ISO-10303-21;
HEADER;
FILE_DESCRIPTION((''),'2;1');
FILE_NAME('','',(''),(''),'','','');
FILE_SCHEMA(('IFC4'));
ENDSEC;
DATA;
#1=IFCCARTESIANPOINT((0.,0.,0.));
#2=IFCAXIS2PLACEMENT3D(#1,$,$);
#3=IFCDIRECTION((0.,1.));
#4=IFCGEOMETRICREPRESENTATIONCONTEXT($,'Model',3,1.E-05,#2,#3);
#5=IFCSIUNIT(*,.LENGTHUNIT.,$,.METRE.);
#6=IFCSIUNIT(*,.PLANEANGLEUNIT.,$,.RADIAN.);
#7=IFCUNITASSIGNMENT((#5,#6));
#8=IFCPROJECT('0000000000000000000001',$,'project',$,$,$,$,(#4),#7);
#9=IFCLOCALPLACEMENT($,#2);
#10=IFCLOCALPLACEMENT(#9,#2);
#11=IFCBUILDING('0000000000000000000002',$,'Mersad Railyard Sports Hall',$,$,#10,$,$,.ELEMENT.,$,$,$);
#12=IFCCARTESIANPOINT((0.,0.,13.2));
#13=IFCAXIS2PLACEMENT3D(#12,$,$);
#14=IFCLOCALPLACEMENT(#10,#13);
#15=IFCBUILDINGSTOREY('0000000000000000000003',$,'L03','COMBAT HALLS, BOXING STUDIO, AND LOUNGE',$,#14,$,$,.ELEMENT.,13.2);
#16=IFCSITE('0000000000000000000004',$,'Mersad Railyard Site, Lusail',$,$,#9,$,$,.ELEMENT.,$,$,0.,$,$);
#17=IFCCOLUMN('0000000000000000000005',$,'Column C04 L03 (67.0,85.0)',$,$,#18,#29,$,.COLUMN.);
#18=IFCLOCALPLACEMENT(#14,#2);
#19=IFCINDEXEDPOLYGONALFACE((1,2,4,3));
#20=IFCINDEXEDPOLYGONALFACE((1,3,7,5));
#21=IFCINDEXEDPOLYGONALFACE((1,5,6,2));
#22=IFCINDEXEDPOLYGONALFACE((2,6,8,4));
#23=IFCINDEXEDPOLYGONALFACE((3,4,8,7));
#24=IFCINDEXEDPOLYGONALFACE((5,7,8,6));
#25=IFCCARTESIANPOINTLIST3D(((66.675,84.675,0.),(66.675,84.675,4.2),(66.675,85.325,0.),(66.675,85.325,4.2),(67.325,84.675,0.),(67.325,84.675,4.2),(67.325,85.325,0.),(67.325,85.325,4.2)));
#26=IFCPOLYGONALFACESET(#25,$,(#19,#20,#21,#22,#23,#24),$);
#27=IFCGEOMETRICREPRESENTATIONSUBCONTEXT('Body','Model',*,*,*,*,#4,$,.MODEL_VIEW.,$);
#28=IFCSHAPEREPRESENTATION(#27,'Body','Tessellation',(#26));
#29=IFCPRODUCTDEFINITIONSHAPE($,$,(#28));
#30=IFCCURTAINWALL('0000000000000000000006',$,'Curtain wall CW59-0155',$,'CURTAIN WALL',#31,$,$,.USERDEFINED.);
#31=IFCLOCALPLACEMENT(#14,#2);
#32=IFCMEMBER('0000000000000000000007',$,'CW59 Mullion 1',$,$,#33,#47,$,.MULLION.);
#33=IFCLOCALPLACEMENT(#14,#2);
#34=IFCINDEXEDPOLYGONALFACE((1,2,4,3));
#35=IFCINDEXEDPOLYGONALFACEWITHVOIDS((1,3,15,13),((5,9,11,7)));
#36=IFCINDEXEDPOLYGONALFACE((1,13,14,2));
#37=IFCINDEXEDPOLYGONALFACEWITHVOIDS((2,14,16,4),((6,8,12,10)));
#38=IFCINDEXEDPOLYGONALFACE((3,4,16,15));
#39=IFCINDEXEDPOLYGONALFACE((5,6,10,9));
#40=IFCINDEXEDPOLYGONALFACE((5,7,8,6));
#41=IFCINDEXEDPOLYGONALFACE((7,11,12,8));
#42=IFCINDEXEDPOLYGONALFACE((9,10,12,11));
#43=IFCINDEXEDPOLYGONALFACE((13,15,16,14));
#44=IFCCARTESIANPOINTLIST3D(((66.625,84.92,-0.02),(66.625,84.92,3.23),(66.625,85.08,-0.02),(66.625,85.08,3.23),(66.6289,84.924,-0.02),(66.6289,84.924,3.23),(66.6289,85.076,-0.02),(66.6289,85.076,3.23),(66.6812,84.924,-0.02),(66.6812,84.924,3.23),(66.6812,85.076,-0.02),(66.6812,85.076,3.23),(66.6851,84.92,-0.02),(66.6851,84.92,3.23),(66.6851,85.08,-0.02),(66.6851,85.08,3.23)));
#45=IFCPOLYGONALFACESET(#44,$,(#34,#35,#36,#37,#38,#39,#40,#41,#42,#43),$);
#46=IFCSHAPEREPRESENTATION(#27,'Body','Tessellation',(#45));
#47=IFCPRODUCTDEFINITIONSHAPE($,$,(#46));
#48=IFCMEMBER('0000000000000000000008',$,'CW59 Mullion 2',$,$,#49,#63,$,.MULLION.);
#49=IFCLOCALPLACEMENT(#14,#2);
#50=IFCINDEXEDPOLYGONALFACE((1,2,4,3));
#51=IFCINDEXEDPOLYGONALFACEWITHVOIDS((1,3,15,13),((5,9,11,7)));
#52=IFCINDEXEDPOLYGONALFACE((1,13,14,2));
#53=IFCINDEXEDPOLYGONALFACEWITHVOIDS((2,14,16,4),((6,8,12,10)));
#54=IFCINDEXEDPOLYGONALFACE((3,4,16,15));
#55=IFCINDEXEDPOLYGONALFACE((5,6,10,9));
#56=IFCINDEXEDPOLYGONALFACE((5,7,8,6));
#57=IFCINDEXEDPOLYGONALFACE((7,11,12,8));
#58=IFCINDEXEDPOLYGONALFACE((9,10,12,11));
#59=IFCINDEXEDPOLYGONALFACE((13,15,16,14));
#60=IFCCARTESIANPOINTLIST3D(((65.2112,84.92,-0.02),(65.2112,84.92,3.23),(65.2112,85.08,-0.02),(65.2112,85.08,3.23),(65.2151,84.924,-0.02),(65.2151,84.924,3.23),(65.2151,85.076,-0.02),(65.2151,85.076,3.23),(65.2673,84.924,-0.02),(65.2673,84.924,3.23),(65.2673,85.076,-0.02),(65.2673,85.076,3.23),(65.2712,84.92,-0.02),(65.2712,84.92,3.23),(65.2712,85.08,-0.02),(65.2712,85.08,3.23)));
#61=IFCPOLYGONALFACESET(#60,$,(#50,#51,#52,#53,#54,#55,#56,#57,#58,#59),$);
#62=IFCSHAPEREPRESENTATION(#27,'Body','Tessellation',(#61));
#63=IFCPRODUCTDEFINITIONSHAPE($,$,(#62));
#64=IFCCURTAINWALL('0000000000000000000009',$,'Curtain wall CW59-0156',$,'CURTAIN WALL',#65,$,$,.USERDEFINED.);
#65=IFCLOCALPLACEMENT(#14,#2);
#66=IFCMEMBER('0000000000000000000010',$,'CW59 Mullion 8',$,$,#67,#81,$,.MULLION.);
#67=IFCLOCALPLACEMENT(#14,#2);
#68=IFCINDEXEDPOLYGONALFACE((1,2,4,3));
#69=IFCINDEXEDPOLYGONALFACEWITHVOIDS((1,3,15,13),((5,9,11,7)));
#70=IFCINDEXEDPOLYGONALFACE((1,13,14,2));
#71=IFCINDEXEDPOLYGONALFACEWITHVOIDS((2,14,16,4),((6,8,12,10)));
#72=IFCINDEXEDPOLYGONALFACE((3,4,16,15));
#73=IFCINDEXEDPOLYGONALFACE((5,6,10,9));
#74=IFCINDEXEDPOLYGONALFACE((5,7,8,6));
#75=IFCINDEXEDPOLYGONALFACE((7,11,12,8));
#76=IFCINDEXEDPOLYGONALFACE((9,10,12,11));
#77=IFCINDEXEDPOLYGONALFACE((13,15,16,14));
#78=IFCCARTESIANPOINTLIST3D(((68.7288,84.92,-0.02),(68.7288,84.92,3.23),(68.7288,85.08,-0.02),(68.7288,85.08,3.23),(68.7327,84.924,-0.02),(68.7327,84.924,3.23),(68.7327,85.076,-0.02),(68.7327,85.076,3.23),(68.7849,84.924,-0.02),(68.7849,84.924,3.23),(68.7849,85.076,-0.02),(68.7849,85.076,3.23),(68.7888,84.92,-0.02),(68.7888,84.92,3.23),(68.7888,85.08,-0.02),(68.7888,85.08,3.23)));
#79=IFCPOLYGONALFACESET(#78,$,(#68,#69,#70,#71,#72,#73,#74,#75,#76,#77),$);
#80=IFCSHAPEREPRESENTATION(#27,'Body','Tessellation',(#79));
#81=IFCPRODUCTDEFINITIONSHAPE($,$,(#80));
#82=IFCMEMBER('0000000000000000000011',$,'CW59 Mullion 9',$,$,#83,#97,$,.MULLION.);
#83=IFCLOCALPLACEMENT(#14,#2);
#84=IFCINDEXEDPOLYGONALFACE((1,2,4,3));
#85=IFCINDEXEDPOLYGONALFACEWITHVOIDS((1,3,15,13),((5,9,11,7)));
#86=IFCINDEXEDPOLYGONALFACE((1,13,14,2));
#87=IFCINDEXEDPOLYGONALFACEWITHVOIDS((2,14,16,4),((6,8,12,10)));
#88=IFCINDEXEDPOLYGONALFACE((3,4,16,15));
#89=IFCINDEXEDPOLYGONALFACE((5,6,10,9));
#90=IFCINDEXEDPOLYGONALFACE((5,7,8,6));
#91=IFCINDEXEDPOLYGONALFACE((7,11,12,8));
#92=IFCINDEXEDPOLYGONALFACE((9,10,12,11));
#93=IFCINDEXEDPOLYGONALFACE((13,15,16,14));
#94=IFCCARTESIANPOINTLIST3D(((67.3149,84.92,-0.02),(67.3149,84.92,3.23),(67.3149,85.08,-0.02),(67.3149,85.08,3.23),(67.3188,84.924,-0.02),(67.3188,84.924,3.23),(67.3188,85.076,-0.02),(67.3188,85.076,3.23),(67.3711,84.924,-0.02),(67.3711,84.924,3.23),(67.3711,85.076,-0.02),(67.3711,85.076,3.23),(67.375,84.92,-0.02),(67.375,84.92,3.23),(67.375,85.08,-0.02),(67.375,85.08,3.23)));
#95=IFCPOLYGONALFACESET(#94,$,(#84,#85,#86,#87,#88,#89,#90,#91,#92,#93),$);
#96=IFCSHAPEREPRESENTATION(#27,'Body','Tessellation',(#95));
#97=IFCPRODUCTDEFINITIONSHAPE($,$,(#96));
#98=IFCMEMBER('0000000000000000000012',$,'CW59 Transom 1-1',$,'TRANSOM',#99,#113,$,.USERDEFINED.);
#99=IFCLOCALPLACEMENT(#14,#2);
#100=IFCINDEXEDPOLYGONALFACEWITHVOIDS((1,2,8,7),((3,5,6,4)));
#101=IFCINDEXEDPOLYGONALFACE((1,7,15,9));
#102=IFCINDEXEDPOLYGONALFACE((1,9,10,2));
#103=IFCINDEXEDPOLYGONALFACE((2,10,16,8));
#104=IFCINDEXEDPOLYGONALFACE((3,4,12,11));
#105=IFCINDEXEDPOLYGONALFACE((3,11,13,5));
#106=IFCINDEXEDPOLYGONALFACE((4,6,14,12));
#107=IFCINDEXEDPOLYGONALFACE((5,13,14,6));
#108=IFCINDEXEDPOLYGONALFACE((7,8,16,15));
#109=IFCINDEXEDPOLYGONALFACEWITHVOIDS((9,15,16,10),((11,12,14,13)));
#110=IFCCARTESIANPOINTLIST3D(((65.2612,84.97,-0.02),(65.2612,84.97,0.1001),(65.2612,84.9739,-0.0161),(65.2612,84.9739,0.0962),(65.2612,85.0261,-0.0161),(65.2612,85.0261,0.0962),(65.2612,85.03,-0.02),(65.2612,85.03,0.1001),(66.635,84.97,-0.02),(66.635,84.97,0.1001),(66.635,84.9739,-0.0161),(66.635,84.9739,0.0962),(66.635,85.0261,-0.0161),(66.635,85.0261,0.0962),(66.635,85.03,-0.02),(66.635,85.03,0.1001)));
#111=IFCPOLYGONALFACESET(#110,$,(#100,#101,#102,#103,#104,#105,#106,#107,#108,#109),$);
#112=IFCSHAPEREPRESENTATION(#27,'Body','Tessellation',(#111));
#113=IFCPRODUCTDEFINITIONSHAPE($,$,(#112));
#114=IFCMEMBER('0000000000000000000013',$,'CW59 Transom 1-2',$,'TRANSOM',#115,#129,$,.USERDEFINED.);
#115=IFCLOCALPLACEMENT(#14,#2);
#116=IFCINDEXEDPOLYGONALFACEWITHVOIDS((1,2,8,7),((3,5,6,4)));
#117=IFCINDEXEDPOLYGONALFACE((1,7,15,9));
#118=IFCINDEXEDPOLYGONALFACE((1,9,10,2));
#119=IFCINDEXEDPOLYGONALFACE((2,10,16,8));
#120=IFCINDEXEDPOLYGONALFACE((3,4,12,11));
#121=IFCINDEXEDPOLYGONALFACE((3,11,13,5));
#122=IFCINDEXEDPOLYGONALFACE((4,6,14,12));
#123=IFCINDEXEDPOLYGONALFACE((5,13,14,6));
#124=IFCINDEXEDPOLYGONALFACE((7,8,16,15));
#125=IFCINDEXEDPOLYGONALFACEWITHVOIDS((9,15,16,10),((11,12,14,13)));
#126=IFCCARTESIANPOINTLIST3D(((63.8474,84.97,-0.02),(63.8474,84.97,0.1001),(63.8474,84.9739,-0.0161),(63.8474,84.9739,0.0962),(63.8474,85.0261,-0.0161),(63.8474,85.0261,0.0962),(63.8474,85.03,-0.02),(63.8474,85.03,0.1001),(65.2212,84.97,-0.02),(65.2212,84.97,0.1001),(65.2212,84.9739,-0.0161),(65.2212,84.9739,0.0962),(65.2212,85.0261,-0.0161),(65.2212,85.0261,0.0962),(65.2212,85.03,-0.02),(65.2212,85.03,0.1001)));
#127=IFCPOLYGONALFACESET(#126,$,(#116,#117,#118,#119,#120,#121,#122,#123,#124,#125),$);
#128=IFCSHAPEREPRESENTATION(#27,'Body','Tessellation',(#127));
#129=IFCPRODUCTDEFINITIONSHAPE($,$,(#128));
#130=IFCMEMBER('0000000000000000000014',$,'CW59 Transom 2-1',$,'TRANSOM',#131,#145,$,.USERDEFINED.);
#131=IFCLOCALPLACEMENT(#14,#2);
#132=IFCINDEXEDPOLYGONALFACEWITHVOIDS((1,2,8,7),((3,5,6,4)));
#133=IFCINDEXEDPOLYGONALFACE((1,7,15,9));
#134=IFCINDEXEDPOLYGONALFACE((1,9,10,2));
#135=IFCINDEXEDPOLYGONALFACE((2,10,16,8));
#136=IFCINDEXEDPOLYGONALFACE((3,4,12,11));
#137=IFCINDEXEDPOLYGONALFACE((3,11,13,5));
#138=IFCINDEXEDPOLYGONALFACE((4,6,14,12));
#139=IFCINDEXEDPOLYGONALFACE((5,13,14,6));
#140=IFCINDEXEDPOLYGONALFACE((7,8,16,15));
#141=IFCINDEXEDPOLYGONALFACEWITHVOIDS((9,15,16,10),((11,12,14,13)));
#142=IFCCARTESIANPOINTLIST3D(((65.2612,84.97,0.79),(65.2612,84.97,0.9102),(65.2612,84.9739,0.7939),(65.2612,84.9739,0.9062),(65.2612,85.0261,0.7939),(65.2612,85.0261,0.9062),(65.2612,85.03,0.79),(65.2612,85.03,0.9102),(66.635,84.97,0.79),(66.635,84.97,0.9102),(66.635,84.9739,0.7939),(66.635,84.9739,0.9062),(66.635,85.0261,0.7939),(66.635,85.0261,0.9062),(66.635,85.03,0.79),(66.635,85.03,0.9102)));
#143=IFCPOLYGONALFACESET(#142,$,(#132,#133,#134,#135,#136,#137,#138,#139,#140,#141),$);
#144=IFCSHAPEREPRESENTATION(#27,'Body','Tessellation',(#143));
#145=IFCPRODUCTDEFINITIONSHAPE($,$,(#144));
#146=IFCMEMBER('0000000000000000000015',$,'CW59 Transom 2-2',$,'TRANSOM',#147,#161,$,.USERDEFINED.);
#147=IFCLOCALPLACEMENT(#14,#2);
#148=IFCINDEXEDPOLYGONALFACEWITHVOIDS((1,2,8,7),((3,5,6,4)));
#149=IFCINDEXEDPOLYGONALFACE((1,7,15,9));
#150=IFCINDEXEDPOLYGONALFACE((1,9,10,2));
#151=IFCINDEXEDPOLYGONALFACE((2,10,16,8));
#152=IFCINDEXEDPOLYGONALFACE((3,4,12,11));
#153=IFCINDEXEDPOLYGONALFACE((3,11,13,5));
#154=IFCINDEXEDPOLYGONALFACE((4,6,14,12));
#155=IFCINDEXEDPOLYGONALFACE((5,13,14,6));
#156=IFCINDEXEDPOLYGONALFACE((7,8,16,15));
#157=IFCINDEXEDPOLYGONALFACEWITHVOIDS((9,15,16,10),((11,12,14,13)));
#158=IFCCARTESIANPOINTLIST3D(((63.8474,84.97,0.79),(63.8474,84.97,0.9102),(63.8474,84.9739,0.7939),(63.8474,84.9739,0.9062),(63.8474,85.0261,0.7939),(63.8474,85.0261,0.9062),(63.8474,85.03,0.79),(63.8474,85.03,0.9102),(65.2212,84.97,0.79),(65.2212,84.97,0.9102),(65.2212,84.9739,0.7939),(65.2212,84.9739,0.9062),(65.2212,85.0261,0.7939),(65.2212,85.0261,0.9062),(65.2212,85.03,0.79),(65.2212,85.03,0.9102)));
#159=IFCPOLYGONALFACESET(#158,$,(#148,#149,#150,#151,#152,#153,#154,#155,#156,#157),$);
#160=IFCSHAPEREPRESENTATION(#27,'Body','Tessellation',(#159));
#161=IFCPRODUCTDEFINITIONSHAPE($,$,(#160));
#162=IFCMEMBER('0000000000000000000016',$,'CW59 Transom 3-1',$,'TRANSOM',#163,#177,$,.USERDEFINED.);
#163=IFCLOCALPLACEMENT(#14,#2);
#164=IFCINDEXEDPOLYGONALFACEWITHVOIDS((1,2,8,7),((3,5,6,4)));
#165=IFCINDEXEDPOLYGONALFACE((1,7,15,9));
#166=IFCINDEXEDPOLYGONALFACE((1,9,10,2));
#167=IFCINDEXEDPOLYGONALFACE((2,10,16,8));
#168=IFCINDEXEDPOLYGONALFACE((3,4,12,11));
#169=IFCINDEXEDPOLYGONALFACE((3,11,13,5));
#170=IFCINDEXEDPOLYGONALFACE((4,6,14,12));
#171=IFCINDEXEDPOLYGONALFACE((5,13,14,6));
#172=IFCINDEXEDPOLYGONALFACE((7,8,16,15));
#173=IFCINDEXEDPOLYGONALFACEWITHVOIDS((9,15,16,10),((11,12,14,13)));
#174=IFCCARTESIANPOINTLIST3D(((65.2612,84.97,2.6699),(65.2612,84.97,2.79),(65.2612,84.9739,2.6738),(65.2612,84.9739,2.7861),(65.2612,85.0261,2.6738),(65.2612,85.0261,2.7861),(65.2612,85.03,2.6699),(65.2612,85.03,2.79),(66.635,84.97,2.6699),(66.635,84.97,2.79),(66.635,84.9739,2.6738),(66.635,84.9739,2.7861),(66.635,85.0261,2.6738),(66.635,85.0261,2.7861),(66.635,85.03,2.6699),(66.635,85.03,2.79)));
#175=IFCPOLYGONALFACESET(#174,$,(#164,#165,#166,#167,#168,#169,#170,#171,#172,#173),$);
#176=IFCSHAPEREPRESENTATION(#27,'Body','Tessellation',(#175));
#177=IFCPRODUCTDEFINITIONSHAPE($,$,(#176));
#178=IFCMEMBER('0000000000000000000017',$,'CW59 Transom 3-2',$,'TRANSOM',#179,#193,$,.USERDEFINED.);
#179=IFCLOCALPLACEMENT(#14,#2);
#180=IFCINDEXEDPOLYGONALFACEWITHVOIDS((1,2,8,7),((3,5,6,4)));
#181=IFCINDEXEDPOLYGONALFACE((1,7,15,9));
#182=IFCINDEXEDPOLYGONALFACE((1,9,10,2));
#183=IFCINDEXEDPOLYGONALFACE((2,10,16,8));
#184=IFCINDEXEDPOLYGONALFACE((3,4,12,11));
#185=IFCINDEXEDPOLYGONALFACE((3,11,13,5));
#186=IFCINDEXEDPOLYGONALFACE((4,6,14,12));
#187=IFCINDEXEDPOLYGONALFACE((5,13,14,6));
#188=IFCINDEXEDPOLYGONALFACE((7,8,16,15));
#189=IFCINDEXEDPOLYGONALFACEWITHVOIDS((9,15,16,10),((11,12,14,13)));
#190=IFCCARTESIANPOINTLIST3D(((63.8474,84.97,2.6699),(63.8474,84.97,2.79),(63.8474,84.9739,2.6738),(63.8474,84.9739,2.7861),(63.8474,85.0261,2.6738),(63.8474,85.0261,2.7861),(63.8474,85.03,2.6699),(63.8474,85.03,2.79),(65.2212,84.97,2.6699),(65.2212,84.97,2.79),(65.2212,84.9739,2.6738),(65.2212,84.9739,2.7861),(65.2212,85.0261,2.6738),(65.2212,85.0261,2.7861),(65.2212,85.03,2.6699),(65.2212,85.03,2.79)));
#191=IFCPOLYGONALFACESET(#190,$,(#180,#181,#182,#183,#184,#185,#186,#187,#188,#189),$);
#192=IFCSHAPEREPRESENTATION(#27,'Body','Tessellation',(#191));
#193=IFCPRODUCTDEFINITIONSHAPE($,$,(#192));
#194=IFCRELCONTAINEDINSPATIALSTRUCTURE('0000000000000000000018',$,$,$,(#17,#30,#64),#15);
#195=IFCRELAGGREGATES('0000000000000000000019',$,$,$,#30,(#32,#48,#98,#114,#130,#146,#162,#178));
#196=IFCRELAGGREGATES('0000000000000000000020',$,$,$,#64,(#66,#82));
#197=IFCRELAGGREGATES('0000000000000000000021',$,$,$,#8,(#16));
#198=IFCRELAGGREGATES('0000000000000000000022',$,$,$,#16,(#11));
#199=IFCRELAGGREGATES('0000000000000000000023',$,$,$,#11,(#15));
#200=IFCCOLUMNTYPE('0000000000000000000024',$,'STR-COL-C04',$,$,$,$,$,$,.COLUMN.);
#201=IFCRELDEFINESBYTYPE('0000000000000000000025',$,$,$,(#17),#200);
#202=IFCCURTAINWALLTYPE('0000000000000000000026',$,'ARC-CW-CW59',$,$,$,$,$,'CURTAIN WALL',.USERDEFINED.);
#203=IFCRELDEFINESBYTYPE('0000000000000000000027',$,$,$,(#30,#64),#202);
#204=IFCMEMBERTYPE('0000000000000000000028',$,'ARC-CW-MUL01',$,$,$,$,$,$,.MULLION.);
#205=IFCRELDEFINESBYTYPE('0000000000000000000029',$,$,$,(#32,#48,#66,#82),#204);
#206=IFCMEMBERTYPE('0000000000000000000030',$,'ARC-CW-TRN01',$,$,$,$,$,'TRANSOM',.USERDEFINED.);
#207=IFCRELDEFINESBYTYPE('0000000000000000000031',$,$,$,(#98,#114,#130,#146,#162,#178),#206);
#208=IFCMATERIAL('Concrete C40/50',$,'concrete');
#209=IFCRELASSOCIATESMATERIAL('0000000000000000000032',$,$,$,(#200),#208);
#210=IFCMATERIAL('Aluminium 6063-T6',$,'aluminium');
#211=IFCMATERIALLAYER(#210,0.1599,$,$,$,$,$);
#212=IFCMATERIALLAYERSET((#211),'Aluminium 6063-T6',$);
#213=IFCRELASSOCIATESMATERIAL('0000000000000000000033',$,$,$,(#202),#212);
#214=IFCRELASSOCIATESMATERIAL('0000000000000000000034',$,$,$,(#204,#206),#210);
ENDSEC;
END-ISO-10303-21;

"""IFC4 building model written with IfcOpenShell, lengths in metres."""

from ifc_helpers import new_model, si_unit, direction, frame, origin, origin_2d, place, context, subcontext, project, spatial, rectangle, hollow_rectangle, extrude, material, layer, layer_set, material_profile, profile_set, type_object, element, aggregate, save


model = new_model("IFC4")

# Units and contexts
model_context = context("Model", 3, precision=1e-05, world=origin(), true_north=direction((0.0, 1.0)))
body_context = subcontext(model_context, "Body", "Model", "MODEL_VIEW")
ifc_project = project(units=[si_unit("LENGTHUNIT", "METRE"), si_unit("PLANEANGLEUNIT", "RADIAN")], contexts=[model_context])

# Site, building, storey
site_placement = place(None, origin())
site = spatial("IfcSite", under=ifc_project, at=site_placement, Name="Mersad Railyard Site, Lusail", CompositionType="ELEMENT", RefElevation=0.0)
building_placement = place(site_placement, origin())
building = spatial("IfcBuilding", under=site, at=building_placement, Name="Mersad Railyard Sports Hall", CompositionType="ELEMENT")
storey_placement = place(building_placement, frame((0.0, 0.0, 13.2)))
storey = spatial("IfcBuildingStorey", under=building, at=storey_placement, Name="L03", Description="COMBAT HALLS, BOXING STUDIO, AND LOUNGE", CompositionType="ELEMENT", Elevation=13.2)

# Column
ifc_material_1 = material(Name="Concrete C40/50", Category="concrete")
ifc_material_profile_1 = material_profile(ifc_material_1, rectangle(XDim=0.6499, YDim=0.6499, at=origin_2d()), Name="RC 650x650")
ifc_profile_set_1 = profile_set([ifc_material_profile_1], Name="Concrete C40/50")
column_type = type_object("IfcColumnType", Name="STR-COL-C04", PredefinedType="COLUMN", material=ifc_profile_set_1)
column_placement = place(storey_placement, frame((67.0, 85.0, 0.0), z_axis=(0.0, 0.0, 1.0), x_axis=(1.0, 0.0, 0.0)))
element("IfcColumn", 1, at=column_placement, inside=storey, type_object=column_type, Name="Column C04 L03 (67.0,85.0)", PredefinedType="COLUMN", context=body_context, shape_type="SweptSolid", body=[
    extrude(rectangle(XDim=0.6499, YDim=0.6499, at=origin_2d()), origin(), (0.0, 0.0, 1.0), 4.2),
])

# Curtain walls, members
ifc_material_2 = material(Name="Aluminium 6063-T6", Category="aluminium")
ifc_layer_1 = layer(ifc_material_2, 0.1599)
ifc_layer_set_1 = layer_set([ifc_layer_1], Name="Aluminium 6063-T6")
curtain_wall_type = type_object("IfcCurtainWallType", Name="ARC-CW-CW59", ElementType="CURTAIN WALL", PredefinedType="USERDEFINED", material=ifc_layer_set_1)
curtain_wall_1_placement = place(storey_placement, origin())
curtain_wall_1 = element("IfcCurtainWall", 2, at=curtain_wall_1_placement, inside=storey, type_object=curtain_wall_type, Name="Curtain wall CW59-0155", ObjectType="CURTAIN WALL", PredefinedType="USERDEFINED")
ifc_material_profile_2 = material_profile(ifc_material_2, hollow_rectangle(XDim=0.0601, YDim=0.1599, WallThickness=0.0039, at=origin_2d()), Name="AL MULLION 60x160x4")
ifc_profile_set_2 = profile_set([ifc_material_profile_2], Name="Aluminium 6063-T6")
member_type_1 = type_object("IfcMemberType", Name="ARC-CW-MUL01", PredefinedType="MULLION", material=ifc_profile_set_2)
member_1_placement = place(storey_placement, frame((66.655, 85.0, -0.02), z_axis=(0.0, 0.0, 1.0), x_axis=(1.0, 0.0, 0.0)))
member_1 = element("IfcMember", 3, at=member_1_placement, type_object=member_type_1, Name="CW59 Mullion 1", PredefinedType="MULLION", context=body_context, shape_type="SweptSolid", body=[
    extrude(hollow_rectangle(XDim=0.0601, YDim=0.1599, WallThickness=0.0039, at=origin_2d()), origin(), (0.0, 0.0, 1.0), 3.25),
])
member_2_placement = place(storey_placement, frame((65.2412, 85.0, -0.02), z_axis=(0.0, 0.0, 1.0), x_axis=(1.0, 0.0, 0.0)))
member_2 = element("IfcMember", 4, at=member_2_placement, type_object=member_type_1, Name="CW59 Mullion 2", PredefinedType="MULLION", context=body_context, shape_type="SweptSolid", body=[
    extrude(hollow_rectangle(XDim=0.0601, YDim=0.1599, WallThickness=0.0039, at=origin_2d()), origin(), (0.0, 0.0, 1.0), 3.25),
])
curtain_wall_2_placement = place(storey_placement, origin())
curtain_wall_2 = element("IfcCurtainWall", 5, at=curtain_wall_2_placement, inside=storey, type_object=curtain_wall_type, Name="Curtain wall CW59-0156", ObjectType="CURTAIN WALL", PredefinedType="USERDEFINED")
member_3_placement = place(storey_placement, frame((68.7588, 85.0, -0.02), z_axis=(0.0, 0.0, 1.0), x_axis=(1.0, 0.0, 0.0)))
member_3 = element("IfcMember", 6, at=member_3_placement, type_object=member_type_1, Name="CW59 Mullion 8", PredefinedType="MULLION", context=body_context, shape_type="SweptSolid", body=[
    extrude(hollow_rectangle(XDim=0.0601, YDim=0.1599, WallThickness=0.0039, at=origin_2d()), origin(), (0.0, 0.0, 1.0), 3.25),
])
member_4_placement = place(storey_placement, frame((67.345, 85.0, -0.02), z_axis=(0.0, 0.0, 1.0), x_axis=(1.0, 0.0, 0.0)))
member_4 = element("IfcMember", 7, at=member_4_placement, type_object=member_type_1, Name="CW59 Mullion 9", PredefinedType="MULLION", context=body_context, shape_type="SweptSolid", body=[
    extrude(hollow_rectangle(XDim=0.0601, YDim=0.1599, WallThickness=0.0039, at=origin_2d()), origin(), (0.0, 0.0, 1.0), 3.25),
])

# Members
ifc_material_profile_3 = material_profile(ifc_material_2, hollow_rectangle(XDim=0.0601, YDim=0.1201, WallThickness=0.0039, at=origin_2d()), Name="AL TRANSOM 60x120x4")
ifc_profile_set_3 = profile_set([ifc_material_profile_3], Name="Aluminium 6063-T6")
member_type_2 = type_object("IfcMemberType", Name="ARC-CW-TRN01", ElementType="TRANSOM", PredefinedType="USERDEFINED", material=ifc_profile_set_3)
member_5_placement = place(storey_placement, frame((66.635, 85.0, 0.04), z_axis=(-1.0, 0.0, 0.0), x_axis=(0.0, -1.0, 0.0)))
member_5 = element("IfcMember", 8, at=member_5_placement, type_object=member_type_2, Name="CW59 Transom 1-1", ObjectType="TRANSOM", PredefinedType="USERDEFINED", context=body_context, shape_type="SweptSolid", body=[
    extrude(hollow_rectangle(XDim=0.0601, YDim=0.1201, WallThickness=0.0039, at=origin_2d()), origin(), (0.0, 0.0, 1.0), 1.3738),
])
member_6_placement = place(storey_placement, frame((65.2212, 85.0, 0.04), z_axis=(-1.0, 0.0, 0.0), x_axis=(0.0, -1.0, 0.0)))
member_6 = element("IfcMember", 9, at=member_6_placement, type_object=member_type_2, Name="CW59 Transom 1-2", ObjectType="TRANSOM", PredefinedType="USERDEFINED", context=body_context, shape_type="SweptSolid", body=[
    extrude(hollow_rectangle(XDim=0.0601, YDim=0.1201, WallThickness=0.0039, at=origin_2d()), origin(), (0.0, 0.0, 1.0), 1.3738),
])
member_7_placement = place(storey_placement, frame((66.635, 85.0, 0.8501), z_axis=(-1.0, 0.0, 0.0), x_axis=(0.0, -1.0, 0.0)))
member_7 = element("IfcMember", 10, at=member_7_placement, type_object=member_type_2, Name="CW59 Transom 2-1", ObjectType="TRANSOM", PredefinedType="USERDEFINED", context=body_context, shape_type="SweptSolid", body=[
    extrude(hollow_rectangle(XDim=0.0601, YDim=0.1201, WallThickness=0.0039, at=origin_2d()), origin(), (0.0, 0.0, 1.0), 1.3738),
])
member_8_placement = place(storey_placement, frame((65.2212, 85.0, 0.8501), z_axis=(-1.0, 0.0, 0.0), x_axis=(0.0, -1.0, 0.0)))
member_8 = element("IfcMember", 11, at=member_8_placement, type_object=member_type_2, Name="CW59 Transom 2-2", ObjectType="TRANSOM", PredefinedType="USERDEFINED", context=body_context, shape_type="SweptSolid", body=[
    extrude(hollow_rectangle(XDim=0.0601, YDim=0.1201, WallThickness=0.0039, at=origin_2d()), origin(), (0.0, 0.0, 1.0), 1.3738),
])
member_9_placement = place(storey_placement, frame((66.635, 85.0, 2.73), z_axis=(-1.0, 0.0, 0.0), x_axis=(0.0, -1.0, 0.0)))
member_9 = element("IfcMember", 12, at=member_9_placement, type_object=member_type_2, Name="CW59 Transom 3-1", ObjectType="TRANSOM", PredefinedType="USERDEFINED", context=body_context, shape_type="SweptSolid", body=[
    extrude(hollow_rectangle(XDim=0.0601, YDim=0.1201, WallThickness=0.0039, at=origin_2d()), origin(), (0.0, 0.0, 1.0), 1.3738),
])
member_10_placement = place(storey_placement, frame((65.2212, 85.0, 2.73), z_axis=(-1.0, 0.0, 0.0), x_axis=(0.0, -1.0, 0.0)))
member_10 = element("IfcMember", 13, at=member_10_placement, type_object=member_type_2, Name="CW59 Transom 3-2", ObjectType="TRANSOM", PredefinedType="USERDEFINED", context=body_context, shape_type="SweptSolid", body=[
    extrude(hollow_rectangle(XDim=0.0601, YDim=0.1201, WallThickness=0.0039, at=origin_2d()), origin(), (0.0, 0.0, 1.0), 1.3738),
])

aggregate(curtain_wall_1, [member_1, member_2, member_5, member_6, member_7, member_8, member_9, member_10])
aggregate(curtain_wall_2, [member_3, member_4])

save(model, "model.ifc")
